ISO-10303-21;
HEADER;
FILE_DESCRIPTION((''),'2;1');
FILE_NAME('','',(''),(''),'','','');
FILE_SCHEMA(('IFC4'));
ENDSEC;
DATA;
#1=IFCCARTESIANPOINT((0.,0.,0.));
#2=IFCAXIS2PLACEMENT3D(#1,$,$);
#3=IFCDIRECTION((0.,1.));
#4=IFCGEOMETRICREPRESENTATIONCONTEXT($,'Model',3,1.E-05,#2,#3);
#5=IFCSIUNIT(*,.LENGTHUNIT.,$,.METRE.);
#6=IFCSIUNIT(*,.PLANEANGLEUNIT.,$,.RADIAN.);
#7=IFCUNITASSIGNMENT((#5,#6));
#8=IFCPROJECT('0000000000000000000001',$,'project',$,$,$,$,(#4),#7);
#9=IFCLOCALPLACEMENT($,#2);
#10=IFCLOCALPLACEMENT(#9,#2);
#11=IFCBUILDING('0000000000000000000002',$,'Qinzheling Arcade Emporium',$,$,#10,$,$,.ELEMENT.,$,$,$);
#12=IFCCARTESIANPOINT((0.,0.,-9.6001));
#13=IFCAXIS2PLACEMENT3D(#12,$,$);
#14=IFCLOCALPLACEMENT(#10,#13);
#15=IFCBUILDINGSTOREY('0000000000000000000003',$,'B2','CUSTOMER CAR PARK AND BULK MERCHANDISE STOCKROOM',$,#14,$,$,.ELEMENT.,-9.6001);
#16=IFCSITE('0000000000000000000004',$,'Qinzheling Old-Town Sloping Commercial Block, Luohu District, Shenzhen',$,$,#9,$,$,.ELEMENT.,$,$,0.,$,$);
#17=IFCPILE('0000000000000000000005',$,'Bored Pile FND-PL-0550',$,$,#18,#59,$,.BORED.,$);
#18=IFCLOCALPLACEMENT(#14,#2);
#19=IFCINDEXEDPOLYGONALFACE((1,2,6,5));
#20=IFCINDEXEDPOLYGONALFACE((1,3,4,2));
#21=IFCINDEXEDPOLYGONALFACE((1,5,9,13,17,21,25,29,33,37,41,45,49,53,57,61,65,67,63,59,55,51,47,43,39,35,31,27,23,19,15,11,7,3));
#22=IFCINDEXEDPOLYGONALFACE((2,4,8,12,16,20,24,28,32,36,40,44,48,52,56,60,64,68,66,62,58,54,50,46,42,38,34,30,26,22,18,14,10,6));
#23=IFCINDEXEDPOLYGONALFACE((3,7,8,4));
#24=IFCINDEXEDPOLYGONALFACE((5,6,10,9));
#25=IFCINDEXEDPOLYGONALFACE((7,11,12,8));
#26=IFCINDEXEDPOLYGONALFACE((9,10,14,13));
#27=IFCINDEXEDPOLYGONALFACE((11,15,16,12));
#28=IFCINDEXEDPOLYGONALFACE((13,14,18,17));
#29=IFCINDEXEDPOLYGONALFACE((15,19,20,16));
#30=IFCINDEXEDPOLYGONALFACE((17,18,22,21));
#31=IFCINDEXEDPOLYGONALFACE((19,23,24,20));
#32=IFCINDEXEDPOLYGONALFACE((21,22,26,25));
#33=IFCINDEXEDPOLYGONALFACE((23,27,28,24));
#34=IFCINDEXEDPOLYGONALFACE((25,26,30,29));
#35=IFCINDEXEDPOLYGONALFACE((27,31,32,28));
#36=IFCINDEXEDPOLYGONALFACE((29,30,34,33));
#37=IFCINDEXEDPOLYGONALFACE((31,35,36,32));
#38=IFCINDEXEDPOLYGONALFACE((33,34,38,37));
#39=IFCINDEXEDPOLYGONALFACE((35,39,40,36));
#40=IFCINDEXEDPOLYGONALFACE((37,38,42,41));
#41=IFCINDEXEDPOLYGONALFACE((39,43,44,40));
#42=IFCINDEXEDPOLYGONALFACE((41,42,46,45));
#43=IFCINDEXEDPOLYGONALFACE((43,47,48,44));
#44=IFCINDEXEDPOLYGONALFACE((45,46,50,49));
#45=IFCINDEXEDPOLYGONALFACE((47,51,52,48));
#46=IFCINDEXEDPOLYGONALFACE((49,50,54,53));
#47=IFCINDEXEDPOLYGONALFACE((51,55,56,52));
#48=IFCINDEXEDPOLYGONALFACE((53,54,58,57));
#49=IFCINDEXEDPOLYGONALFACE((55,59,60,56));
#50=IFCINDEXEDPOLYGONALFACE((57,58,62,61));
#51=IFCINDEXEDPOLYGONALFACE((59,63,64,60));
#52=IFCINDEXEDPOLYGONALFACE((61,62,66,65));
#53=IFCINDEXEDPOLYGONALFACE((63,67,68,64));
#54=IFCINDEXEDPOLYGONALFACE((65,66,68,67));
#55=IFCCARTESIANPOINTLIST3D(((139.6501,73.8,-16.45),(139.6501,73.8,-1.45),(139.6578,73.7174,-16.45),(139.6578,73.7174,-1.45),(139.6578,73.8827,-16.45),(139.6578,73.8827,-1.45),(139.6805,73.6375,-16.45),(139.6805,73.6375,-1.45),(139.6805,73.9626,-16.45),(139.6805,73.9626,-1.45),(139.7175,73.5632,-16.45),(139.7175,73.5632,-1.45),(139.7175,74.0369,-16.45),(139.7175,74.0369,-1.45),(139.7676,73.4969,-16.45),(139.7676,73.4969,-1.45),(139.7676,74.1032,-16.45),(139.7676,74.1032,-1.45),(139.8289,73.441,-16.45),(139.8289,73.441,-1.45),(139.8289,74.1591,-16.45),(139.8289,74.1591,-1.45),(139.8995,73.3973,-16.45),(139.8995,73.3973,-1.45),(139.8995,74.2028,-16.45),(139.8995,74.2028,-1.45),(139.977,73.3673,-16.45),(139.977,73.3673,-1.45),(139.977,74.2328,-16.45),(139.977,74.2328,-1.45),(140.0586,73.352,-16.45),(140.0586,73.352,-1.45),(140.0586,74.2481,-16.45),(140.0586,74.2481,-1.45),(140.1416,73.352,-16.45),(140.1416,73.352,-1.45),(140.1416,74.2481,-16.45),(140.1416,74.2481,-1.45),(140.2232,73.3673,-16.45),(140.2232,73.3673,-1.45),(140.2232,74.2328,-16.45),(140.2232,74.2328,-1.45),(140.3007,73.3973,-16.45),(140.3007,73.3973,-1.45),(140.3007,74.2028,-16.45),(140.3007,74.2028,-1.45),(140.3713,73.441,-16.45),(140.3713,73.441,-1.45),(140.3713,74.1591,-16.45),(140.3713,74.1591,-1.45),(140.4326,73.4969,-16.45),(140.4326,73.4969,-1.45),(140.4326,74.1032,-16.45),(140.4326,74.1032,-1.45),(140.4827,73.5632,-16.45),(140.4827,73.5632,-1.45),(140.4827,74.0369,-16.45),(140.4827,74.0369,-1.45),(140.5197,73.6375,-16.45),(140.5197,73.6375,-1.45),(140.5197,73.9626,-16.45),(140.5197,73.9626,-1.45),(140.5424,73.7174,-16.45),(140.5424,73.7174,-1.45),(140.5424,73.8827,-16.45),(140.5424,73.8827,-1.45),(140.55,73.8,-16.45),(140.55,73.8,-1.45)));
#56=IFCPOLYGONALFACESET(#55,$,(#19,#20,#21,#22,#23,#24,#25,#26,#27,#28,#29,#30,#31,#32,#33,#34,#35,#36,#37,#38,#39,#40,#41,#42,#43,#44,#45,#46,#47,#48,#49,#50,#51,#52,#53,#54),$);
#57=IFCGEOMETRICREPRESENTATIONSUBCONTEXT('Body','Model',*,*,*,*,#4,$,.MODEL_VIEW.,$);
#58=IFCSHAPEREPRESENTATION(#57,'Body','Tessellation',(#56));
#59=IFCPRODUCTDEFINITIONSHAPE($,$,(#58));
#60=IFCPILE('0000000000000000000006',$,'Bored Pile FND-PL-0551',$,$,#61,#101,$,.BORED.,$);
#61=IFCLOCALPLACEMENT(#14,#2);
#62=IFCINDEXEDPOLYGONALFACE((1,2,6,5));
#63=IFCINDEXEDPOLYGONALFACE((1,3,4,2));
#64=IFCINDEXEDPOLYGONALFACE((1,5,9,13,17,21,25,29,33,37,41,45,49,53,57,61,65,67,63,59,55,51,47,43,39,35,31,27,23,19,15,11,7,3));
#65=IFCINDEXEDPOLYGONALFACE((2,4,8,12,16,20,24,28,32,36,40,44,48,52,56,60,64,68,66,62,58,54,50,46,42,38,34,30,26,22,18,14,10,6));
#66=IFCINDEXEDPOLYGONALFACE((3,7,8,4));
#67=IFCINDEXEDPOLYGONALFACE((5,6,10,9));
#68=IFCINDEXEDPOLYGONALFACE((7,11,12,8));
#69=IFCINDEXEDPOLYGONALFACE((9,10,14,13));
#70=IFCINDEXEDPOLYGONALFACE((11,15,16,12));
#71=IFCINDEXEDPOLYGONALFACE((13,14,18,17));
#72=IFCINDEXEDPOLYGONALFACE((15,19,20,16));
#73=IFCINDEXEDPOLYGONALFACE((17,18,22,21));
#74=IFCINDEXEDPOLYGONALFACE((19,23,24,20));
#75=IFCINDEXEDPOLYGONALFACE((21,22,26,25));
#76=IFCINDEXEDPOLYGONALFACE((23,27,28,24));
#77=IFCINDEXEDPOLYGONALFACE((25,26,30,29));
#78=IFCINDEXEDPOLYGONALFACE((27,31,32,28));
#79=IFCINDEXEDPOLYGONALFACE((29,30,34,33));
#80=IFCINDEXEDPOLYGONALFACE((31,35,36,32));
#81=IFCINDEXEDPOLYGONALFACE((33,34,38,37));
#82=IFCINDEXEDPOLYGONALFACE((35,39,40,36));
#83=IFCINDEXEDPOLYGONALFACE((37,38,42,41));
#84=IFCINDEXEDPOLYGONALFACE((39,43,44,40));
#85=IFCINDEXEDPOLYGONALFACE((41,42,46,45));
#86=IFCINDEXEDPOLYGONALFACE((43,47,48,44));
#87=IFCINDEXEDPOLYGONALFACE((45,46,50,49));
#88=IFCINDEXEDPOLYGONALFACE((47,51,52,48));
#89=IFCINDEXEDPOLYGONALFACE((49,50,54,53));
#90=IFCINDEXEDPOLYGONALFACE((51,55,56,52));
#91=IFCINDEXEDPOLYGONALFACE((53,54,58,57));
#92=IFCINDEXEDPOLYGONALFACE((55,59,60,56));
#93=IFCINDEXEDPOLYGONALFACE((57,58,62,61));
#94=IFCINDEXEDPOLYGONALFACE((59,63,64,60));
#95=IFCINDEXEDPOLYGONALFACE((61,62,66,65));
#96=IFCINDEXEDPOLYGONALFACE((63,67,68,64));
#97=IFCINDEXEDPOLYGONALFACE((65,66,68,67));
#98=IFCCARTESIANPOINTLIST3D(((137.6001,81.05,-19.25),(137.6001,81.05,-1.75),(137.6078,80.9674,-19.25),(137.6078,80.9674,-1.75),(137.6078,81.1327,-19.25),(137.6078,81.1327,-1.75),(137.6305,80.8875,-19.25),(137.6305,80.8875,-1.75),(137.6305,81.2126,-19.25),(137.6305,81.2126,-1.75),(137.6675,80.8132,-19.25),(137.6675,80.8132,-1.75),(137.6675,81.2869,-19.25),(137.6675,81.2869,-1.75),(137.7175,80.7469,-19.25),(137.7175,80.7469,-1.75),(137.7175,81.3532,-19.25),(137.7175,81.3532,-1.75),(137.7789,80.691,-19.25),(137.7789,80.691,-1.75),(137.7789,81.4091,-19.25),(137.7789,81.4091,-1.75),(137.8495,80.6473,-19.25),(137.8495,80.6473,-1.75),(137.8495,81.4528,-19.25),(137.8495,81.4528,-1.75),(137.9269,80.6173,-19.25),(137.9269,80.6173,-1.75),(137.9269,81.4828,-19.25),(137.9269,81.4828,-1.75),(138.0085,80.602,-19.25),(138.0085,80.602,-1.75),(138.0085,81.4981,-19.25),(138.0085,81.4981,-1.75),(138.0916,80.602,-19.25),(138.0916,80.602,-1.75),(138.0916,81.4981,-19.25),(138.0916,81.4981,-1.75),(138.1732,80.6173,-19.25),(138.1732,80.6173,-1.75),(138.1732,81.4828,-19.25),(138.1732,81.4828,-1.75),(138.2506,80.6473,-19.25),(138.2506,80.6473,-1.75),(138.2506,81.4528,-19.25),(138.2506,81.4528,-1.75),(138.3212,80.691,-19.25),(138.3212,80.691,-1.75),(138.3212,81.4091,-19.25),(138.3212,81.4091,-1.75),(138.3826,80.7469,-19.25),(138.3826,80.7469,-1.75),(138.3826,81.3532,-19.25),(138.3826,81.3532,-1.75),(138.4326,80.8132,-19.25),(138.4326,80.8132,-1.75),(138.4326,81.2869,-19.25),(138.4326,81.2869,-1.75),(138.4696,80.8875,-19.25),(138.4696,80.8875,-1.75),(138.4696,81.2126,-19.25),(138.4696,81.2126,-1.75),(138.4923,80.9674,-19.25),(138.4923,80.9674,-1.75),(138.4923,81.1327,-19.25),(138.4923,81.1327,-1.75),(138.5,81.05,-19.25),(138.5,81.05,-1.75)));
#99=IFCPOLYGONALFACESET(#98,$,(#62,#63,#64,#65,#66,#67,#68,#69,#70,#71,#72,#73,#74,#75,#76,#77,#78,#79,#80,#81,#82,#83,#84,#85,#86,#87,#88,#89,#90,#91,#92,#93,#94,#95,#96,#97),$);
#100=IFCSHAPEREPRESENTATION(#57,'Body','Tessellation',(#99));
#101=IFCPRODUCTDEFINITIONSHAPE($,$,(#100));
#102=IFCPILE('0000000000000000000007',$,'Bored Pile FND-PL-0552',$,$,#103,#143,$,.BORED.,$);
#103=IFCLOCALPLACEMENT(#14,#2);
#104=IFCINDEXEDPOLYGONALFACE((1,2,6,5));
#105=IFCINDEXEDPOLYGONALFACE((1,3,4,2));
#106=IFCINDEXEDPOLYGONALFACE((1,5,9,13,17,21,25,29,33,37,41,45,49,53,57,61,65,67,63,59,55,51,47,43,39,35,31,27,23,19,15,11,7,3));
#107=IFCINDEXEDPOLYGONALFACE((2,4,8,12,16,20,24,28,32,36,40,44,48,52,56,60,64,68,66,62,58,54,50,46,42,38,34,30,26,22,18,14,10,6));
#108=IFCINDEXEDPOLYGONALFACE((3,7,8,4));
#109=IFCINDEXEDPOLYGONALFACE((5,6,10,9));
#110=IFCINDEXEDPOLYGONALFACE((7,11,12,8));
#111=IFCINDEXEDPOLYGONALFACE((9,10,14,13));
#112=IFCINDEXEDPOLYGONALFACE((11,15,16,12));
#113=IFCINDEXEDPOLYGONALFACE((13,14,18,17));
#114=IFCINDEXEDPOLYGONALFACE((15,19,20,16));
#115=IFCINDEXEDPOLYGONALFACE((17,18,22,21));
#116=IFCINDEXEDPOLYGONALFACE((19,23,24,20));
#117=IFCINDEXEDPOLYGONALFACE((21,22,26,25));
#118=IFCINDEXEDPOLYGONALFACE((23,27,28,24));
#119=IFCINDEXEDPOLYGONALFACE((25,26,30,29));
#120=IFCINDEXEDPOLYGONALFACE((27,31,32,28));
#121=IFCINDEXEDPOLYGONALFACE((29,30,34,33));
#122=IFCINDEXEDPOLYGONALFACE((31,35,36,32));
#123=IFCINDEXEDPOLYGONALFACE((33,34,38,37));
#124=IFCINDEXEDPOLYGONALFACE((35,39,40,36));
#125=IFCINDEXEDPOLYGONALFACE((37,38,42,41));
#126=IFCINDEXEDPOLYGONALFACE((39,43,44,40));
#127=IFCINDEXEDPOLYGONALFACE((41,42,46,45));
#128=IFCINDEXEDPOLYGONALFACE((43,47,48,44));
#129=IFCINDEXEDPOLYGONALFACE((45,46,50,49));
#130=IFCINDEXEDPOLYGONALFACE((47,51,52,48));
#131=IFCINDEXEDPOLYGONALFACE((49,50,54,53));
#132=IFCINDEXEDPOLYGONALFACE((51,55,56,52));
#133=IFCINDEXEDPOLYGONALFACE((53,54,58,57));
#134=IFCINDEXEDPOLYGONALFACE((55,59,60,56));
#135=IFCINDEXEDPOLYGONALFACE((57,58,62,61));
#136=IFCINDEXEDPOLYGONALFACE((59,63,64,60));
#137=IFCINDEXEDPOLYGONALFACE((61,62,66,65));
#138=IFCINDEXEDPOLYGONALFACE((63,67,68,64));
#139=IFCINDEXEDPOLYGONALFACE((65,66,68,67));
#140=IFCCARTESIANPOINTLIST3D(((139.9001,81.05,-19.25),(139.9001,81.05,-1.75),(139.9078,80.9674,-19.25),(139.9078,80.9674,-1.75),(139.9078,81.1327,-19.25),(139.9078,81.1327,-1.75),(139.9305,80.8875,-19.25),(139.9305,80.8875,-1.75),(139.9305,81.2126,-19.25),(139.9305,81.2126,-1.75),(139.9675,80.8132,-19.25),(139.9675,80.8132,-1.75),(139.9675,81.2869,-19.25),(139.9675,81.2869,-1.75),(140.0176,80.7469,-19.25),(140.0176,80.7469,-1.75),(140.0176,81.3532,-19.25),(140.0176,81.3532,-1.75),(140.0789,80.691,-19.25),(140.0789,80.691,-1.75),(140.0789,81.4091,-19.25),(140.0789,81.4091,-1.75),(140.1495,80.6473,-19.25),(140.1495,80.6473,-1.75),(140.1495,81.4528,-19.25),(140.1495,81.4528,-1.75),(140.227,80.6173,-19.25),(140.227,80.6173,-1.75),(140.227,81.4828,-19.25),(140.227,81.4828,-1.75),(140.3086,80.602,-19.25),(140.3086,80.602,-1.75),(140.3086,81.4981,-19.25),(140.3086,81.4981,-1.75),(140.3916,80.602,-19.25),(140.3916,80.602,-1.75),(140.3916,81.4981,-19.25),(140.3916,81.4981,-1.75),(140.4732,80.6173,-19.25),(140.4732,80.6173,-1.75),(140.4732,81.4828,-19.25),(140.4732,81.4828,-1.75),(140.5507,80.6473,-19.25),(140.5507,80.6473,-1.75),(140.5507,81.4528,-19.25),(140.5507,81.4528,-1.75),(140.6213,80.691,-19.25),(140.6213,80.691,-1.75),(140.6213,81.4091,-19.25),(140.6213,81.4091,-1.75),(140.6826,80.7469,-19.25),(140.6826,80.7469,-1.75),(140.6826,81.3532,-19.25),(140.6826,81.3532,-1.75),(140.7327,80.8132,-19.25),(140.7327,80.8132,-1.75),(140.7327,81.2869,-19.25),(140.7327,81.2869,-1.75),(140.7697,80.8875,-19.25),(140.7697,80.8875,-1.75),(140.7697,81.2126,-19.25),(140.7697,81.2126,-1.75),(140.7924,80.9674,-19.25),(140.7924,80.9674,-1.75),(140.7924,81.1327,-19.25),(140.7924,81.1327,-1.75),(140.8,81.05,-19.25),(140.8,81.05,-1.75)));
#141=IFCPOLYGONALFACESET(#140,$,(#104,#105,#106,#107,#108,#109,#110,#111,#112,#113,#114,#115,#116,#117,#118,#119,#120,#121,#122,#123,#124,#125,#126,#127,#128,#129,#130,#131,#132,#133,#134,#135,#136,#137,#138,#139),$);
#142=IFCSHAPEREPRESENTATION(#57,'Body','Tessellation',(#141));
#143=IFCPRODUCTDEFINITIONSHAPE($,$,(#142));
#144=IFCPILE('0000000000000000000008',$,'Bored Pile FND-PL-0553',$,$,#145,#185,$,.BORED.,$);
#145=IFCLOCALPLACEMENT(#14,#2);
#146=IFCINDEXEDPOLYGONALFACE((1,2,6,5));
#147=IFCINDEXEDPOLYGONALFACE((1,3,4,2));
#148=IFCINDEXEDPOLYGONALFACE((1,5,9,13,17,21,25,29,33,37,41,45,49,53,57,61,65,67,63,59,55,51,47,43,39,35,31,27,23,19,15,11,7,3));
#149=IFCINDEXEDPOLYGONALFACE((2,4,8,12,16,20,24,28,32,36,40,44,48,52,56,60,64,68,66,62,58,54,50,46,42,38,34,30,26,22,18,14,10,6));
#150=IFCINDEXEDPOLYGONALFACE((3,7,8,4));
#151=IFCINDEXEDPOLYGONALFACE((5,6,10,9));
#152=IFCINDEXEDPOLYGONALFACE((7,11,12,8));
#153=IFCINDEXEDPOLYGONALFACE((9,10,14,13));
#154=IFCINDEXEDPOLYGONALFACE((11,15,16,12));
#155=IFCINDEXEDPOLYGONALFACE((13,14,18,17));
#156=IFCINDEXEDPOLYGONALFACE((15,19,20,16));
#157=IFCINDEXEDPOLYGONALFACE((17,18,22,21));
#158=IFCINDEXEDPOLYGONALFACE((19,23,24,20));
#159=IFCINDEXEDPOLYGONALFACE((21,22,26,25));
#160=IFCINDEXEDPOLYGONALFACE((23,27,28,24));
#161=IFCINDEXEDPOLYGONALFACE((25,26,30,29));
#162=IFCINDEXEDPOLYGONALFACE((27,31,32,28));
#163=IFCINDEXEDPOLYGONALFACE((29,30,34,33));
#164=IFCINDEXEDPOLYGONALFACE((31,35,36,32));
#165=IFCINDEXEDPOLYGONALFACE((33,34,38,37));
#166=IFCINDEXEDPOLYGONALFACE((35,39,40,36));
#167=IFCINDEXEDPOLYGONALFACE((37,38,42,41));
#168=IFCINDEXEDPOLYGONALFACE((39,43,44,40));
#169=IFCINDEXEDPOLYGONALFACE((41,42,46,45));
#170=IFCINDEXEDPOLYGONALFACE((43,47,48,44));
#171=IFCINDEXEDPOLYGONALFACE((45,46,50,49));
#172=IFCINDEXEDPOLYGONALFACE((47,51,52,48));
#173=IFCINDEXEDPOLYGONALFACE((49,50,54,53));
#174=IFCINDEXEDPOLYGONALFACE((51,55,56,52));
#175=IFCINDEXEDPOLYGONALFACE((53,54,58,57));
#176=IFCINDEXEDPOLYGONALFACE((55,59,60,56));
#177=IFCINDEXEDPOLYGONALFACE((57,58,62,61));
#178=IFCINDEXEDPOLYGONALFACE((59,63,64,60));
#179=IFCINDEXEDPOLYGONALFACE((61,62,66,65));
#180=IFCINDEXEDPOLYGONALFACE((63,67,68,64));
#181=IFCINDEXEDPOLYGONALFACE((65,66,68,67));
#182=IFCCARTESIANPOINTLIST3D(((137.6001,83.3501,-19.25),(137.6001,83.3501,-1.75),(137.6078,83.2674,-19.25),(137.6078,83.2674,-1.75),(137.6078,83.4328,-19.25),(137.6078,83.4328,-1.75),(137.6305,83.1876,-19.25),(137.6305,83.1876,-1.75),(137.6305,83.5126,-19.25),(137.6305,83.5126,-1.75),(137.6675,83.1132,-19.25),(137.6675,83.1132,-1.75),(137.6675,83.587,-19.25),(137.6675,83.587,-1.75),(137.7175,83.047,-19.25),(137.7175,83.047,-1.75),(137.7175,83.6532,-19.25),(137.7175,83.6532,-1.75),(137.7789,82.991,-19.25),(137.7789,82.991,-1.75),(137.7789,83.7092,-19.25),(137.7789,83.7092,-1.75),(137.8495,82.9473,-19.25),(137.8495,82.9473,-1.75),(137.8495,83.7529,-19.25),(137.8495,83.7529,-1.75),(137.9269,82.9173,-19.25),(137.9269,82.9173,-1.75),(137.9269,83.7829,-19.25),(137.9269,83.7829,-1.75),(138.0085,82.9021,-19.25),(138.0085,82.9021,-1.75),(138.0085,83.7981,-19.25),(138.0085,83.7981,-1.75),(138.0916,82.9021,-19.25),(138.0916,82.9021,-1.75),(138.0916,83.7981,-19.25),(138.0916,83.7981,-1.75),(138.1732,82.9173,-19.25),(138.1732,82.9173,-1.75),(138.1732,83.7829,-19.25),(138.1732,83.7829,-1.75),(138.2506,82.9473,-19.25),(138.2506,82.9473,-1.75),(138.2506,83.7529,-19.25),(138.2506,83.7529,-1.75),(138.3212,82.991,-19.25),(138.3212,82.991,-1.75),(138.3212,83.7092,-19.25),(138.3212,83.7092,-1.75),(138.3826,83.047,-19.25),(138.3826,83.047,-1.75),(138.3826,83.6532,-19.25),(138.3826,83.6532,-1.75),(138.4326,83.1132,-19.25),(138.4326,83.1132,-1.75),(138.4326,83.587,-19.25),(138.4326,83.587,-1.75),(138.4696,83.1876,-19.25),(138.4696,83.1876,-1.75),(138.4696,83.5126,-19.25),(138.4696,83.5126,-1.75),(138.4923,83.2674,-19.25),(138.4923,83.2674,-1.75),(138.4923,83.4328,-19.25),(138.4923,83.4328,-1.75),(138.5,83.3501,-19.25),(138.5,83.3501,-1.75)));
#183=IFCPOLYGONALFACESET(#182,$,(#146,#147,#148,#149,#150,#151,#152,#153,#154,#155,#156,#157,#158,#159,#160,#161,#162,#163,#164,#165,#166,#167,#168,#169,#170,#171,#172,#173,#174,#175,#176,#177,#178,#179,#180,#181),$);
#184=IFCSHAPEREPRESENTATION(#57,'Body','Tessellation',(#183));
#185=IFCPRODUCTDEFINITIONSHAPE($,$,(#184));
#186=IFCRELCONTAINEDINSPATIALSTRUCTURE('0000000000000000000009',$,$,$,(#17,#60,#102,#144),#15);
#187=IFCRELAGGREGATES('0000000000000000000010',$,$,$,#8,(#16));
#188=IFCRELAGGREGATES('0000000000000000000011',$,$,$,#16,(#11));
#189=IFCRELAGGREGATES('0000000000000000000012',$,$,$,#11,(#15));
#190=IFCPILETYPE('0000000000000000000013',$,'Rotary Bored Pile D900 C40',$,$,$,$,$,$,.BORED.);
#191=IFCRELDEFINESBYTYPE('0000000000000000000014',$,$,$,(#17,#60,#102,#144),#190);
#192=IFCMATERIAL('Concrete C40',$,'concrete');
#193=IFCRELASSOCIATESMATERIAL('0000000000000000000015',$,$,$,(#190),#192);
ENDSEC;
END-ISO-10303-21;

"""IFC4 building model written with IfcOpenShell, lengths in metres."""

from ifc_helpers import new_model, si_unit, direction, frame, origin, origin_2d, place, context, subcontext, project, spatial, circle, extrude, material, material_profile, profile_set, type_object, element, save


model = new_model("IFC4")

# Units and contexts
model_context = context("Model", 3, precision=1e-05, world=origin(), true_north=direction((0.0, 1.0)))
body_context = subcontext(model_context, "Body", "Model", "MODEL_VIEW")
ifc_project = project(units=[si_unit("LENGTHUNIT", "METRE"), si_unit("PLANEANGLEUNIT", "RADIAN")], contexts=[model_context])

# Site, building, storey
site_placement = place(None, origin())
site = spatial("IfcSite", under=ifc_project, at=site_placement, Name="Qinzheling Old-Town Sloping Commercial Block, Luohu District, Shenzhen", CompositionType="ELEMENT", RefElevation=0.0)
building_placement = place(site_placement, origin())
building = spatial("IfcBuilding", under=site, at=building_placement, Name="Qinzheling Arcade Emporium", CompositionType="ELEMENT")
storey_placement = place(building_placement, frame((0.0, 0.0, -9.6001)))
storey = spatial("IfcBuildingStorey", under=building, at=storey_placement, Name="B2", Description="CUSTOMER CAR PARK AND BULK MERCHANDISE STOCKROOM", CompositionType="ELEMENT", Elevation=-9.6001)

# Shared definitions
ifc_material_1 = material(Name="Concrete C40", Category="concrete")

# Piles
ifc_material_profile_1 = material_profile(ifc_material_1, circle(Radius=0.45, at=origin_2d()), Name="BORED D900", Category="concrete")
ifc_profile_set_1 = profile_set([ifc_material_profile_1], Name="Concrete C40")
pile_type_1 = type_object("IfcPileType", Name="Rotary Bored Pile D900 C40", PredefinedType="BORED", material=ifc_profile_set_1)
pile_placement = place(storey_placement, frame((140.1001, 73.8, -1.45), z_axis=(0.0, 0.0, -1.0), x_axis=(1.0, 0.0, 0.0)))
element("IfcPile", 1, at=pile_placement, inside=storey, type_object=pile_type_1, Name="Bored Pile FND-PL-0550", PredefinedType="BORED", context=body_context, shape_type="SweptSolid", body=[
    extrude(circle(Radius=0.45, at=origin_2d()), origin(), (0.0, 0.0, 1.0), 15.0),
])
for number, where, z_axis, x_axis, name in (
    (2, (138.05, 81.05, -1.75), (0.0, 0.0, -1.0), (1.0, 0.0, 0.0), "Bored Pile FND-PL-0551"),
    (3, (140.3501, 81.05, -1.75), (0.0, 0.0, -1.0), (1.0, 0.0, 0.0), "Bored Pile FND-PL-0552"),
    (4, (138.05, 83.3501, -1.75), (0.0, 0.0, -1.0), (1.0, 0.0, 0.0), "Bored Pile FND-PL-0553"),
):
    element("IfcPile", number, at=place(storey_placement, frame(where, z_axis=z_axis, x_axis=x_axis)), inside=storey, type_object=pile_type_1, Name=name, PredefinedType="BORED", context=body_context, shape_type="SweptSolid", body=[
        extrude(circle(Radius=0.45, at=origin_2d()), origin(), (0.0, 0.0, 1.0), 17.5),
    ])

save(model, "model.ifc")
